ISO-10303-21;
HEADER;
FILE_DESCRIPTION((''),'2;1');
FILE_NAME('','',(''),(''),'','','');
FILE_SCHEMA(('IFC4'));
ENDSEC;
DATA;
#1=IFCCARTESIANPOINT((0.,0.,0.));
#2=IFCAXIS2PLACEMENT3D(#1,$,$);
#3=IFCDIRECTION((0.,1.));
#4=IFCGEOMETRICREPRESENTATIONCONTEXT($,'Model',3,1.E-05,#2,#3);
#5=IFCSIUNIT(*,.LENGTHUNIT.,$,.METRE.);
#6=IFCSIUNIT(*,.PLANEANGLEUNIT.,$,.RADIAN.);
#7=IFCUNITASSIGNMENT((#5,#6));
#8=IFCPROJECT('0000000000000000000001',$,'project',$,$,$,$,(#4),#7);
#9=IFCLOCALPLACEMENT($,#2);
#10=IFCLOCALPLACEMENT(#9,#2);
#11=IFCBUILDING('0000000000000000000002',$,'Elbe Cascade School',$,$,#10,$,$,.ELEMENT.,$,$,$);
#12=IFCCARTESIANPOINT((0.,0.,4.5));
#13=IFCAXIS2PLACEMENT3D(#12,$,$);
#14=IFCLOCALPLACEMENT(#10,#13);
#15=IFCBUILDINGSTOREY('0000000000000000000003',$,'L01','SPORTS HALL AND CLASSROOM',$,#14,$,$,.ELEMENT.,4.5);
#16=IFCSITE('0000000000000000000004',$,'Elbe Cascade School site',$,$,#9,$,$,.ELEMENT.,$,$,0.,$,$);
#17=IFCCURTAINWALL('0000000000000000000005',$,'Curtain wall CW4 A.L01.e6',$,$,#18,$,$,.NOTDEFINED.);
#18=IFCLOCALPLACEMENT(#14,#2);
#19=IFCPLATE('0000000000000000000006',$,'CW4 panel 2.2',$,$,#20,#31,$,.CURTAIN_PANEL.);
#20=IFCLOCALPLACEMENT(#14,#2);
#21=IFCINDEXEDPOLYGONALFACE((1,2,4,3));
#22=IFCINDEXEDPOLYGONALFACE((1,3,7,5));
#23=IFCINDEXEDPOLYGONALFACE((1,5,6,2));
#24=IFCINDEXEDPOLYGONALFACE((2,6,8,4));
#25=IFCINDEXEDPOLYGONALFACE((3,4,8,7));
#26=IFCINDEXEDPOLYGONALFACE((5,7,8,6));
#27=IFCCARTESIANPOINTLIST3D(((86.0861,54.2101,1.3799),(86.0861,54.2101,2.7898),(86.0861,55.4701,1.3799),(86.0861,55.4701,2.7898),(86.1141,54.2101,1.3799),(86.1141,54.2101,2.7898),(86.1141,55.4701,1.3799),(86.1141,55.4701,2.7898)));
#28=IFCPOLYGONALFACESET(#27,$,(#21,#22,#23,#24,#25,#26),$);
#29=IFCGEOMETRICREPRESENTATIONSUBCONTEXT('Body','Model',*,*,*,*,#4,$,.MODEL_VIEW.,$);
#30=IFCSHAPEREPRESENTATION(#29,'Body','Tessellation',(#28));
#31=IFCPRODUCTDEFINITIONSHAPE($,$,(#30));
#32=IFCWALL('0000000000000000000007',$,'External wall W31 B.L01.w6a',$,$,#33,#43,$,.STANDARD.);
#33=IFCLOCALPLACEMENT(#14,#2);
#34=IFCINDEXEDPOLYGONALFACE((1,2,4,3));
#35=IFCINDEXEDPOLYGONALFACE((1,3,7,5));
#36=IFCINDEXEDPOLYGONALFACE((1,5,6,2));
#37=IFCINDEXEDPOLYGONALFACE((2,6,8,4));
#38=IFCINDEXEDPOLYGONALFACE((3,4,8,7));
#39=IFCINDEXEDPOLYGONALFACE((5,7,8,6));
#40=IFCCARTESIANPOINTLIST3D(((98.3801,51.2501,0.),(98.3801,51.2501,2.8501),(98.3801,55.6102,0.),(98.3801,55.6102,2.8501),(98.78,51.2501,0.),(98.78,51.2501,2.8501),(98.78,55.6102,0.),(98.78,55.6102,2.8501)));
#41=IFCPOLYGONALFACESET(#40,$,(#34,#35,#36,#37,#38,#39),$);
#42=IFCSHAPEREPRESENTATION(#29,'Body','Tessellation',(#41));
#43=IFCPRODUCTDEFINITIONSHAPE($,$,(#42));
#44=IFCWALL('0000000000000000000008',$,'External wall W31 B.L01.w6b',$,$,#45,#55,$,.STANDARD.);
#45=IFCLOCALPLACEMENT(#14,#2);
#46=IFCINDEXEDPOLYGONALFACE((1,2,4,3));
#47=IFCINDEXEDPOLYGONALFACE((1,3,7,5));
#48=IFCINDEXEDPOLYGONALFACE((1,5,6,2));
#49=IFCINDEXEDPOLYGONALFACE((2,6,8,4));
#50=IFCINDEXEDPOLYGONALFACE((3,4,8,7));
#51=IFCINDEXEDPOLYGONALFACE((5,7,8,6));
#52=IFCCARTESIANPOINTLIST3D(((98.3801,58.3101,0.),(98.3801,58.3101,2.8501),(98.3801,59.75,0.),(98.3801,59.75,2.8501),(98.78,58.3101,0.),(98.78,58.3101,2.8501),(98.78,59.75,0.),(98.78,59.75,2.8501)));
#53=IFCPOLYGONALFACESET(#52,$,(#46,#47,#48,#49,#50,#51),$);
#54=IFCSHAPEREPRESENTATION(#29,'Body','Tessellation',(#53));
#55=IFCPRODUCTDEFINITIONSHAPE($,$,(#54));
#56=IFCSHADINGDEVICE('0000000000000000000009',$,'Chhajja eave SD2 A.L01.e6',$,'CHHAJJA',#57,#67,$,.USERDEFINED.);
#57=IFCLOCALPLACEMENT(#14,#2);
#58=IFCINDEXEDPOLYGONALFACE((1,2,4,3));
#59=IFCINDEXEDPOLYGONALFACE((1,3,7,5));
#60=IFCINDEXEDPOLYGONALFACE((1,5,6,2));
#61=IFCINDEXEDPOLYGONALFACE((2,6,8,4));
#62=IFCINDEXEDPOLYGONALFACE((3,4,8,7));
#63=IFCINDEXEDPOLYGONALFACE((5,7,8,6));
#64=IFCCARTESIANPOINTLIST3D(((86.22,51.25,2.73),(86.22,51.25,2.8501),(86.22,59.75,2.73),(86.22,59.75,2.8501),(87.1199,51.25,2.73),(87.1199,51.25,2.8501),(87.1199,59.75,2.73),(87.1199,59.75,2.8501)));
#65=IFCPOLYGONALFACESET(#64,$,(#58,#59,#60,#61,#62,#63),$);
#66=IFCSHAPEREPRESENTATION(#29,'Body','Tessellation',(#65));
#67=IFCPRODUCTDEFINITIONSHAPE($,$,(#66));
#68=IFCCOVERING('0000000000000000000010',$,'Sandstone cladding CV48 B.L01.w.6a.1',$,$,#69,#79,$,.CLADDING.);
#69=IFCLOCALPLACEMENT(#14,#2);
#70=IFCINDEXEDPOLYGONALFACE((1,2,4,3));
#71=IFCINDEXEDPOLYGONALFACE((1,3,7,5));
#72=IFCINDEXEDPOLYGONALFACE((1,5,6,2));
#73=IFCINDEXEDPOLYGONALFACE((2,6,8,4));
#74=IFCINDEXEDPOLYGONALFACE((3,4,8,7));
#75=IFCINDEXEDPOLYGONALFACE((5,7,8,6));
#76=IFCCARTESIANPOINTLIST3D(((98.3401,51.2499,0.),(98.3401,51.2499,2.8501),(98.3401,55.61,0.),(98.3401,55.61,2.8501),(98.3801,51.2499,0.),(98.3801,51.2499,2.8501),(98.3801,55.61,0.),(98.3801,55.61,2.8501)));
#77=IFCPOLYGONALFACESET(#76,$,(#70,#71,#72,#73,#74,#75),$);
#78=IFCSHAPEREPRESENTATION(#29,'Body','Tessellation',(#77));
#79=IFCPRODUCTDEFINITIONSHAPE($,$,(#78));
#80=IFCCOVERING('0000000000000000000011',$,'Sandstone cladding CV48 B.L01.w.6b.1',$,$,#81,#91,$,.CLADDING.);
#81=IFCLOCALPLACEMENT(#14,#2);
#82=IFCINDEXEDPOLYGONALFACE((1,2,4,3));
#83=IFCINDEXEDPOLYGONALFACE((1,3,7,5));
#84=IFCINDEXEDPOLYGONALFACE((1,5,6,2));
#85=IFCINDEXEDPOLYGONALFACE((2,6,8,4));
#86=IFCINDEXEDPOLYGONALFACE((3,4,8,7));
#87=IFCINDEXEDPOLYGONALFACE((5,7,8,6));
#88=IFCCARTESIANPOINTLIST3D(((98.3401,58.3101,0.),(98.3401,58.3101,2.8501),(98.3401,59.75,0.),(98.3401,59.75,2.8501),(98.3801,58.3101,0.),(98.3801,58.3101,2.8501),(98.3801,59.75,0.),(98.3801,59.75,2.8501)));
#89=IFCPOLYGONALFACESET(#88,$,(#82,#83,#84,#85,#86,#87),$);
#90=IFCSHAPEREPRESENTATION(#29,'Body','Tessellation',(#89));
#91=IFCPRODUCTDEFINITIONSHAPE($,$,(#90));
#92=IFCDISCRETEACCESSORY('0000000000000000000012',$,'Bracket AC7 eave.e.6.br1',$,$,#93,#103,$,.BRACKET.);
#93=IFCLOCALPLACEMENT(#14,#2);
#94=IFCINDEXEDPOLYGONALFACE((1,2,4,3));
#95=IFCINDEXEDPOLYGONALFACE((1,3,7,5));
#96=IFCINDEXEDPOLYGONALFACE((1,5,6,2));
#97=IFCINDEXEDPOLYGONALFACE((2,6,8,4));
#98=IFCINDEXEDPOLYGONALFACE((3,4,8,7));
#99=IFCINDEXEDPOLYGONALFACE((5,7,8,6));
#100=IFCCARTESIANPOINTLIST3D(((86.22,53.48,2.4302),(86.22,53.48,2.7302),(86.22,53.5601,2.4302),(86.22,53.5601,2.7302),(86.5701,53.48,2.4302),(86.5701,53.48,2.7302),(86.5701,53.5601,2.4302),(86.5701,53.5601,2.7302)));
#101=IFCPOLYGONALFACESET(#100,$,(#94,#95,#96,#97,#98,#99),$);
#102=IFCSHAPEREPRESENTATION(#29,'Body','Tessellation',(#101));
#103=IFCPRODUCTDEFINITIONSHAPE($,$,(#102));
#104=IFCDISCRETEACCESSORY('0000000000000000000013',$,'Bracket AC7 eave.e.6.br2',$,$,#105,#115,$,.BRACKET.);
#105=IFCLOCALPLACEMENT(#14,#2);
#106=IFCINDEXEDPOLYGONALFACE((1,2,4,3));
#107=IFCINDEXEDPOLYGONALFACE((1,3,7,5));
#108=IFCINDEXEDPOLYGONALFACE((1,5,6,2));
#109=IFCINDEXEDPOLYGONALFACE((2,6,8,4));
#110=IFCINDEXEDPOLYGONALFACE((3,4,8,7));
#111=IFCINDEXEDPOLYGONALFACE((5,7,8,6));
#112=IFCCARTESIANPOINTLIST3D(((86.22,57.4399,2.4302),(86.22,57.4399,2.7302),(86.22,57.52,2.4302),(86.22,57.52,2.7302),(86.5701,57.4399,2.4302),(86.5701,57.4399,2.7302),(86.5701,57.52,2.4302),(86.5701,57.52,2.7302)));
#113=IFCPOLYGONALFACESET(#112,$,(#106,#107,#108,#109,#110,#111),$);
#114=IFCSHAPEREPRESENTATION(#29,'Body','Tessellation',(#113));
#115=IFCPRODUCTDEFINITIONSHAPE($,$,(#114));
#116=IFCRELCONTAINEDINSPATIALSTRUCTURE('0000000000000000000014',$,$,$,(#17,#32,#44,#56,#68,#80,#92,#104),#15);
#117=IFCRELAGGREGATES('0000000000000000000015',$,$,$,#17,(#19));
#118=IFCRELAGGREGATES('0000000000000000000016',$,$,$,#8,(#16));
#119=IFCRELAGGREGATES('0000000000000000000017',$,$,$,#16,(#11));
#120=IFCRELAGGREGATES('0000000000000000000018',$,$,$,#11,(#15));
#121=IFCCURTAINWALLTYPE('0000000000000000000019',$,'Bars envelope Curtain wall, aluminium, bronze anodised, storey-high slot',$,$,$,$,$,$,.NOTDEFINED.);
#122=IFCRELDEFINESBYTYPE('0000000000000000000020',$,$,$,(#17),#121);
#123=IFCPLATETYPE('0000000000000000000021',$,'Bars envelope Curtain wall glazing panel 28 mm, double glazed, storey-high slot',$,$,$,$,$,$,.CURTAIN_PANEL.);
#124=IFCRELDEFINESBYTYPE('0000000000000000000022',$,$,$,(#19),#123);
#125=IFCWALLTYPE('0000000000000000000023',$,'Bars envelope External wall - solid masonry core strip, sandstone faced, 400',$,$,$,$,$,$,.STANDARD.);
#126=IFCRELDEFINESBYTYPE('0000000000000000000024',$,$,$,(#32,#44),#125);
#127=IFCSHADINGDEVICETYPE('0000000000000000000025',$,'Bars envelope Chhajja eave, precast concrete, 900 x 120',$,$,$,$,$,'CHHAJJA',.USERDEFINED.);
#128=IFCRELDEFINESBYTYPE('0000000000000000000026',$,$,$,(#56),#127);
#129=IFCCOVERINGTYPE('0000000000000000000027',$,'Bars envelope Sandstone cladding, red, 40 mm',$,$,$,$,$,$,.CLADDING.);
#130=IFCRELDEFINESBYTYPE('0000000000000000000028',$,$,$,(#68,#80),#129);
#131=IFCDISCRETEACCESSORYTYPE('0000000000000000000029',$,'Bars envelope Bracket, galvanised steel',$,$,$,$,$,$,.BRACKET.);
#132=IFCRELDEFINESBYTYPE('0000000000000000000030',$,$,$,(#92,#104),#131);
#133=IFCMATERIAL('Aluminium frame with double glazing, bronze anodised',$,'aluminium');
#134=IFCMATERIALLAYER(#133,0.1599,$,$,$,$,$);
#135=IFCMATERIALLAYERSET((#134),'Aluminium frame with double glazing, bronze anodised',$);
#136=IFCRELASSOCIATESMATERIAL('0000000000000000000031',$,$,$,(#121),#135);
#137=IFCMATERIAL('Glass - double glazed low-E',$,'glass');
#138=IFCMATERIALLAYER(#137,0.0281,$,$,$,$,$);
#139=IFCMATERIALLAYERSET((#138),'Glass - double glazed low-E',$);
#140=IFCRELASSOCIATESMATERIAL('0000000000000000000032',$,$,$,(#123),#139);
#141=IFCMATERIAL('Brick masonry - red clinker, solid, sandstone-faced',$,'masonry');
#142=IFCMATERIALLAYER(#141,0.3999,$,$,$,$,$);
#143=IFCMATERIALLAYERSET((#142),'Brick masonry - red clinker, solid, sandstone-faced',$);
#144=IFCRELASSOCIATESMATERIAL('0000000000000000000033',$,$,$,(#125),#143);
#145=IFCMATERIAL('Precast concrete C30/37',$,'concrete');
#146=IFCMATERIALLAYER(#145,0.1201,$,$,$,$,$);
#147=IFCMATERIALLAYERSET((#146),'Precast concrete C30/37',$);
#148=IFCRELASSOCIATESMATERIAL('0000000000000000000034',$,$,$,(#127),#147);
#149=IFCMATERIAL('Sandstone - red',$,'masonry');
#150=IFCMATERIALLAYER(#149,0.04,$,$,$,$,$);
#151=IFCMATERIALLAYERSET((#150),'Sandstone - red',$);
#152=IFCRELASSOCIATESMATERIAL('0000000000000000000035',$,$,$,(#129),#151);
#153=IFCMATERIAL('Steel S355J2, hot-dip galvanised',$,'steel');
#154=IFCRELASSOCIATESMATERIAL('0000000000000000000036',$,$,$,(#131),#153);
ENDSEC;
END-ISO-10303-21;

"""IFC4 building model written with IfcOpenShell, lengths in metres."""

from ifc_helpers import new_model, si_unit, direction, frame, frame_2d, origin, origin_2d, place, context, subcontext, project, spatial, rectangle, extrude, material, layer, layer_set, type_object, element, aggregate, save


model = new_model("IFC4")

# Units and contexts
model_context = context("Model", 3, precision=1e-05, world=origin(), true_north=direction((0.0, 1.0)))
body_context = subcontext(model_context, "Body", "Model", "MODEL_VIEW")
ifc_project = project(units=[si_unit("LENGTHUNIT", "METRE"), si_unit("PLANEANGLEUNIT", "RADIAN")], contexts=[model_context])

# Site, building, storey
site_placement = place(None, origin())
site = spatial("IfcSite", under=ifc_project, at=site_placement, Name="Elbe Cascade School site", CompositionType="ELEMENT", RefElevation=0.0)
building_placement = place(site_placement, origin())
building = spatial("IfcBuilding", under=site, at=building_placement, Name="Elbe Cascade School", CompositionType="ELEMENT")
storey_placement = place(building_placement, frame((0.0, 0.0, 4.5)))
storey = spatial("IfcBuildingStorey", under=building, at=storey_placement, Name="L01", Description="SPORTS HALL AND CLASSROOM", CompositionType="ELEMENT", Elevation=4.5)

# Curtain wall
ifc_material_1 = material(Name="Aluminium frame with double glazing, bronze anodised", Category="aluminium")
ifc_layer_1 = layer(ifc_material_1, 0.1599)
ifc_layer_set_1 = layer_set([ifc_layer_1], Name="Aluminium frame with double glazing, bronze anodised")
curtain_wall_type = type_object("IfcCurtainWallType", Name="Bars envelope Curtain wall, aluminium, bronze anodised, storey-high slot", PredefinedType="NOTDEFINED", material=ifc_layer_set_1)
curtain_wall_placement = place(storey_placement, origin())
curtain_wall = element("IfcCurtainWall", 1, at=curtain_wall_placement, inside=storey, type_object=curtain_wall_type, Name="Curtain wall CW4 A.L01.e6", PredefinedType="NOTDEFINED")

# Plate
ifc_material_2 = material(Name="Glass - double glazed low-E", Category="glass")
ifc_layer_2 = layer(ifc_material_2, 0.0281)
ifc_layer_set_2 = layer_set([ifc_layer_2], Name="Glass - double glazed low-E")
plate_type = type_object("IfcPlateType", Name="Bars envelope Curtain wall glazing panel 28 mm, double glazed, storey-high slot", PredefinedType="CURTAIN_PANEL", material=ifc_layer_set_2)
plate_1_placement = place(storey_placement, frame((86.1001, 54.8401, 1.3799), z_axis=(0.0, 0.0, 1.0), x_axis=(0.0, -1.0, 0.0)))
plate_1 = element("IfcPlate", 2, at=plate_1_placement, type_object=plate_type, Name="CW4 panel 2.2", PredefinedType="CURTAIN_PANEL", context=body_context, shape_type="SweptSolid", body=[
    extrude(rectangle(XDim=1.26, YDim=0.0281, at=origin_2d()), origin(), (0.0, 0.0, 1.0), 1.4099),
])
aggregate(curtain_wall, [plate_1])

# Walls
ifc_material_3 = material(Name="Brick masonry - red clinker, solid, sandstone-faced", Category="masonry")
ifc_layer_3 = layer(ifc_material_3, 0.3999)
ifc_layer_set_3 = layer_set([ifc_layer_3], Name="Brick masonry - red clinker, solid, sandstone-faced")
wall_type = type_object("IfcWallType", Name="Bars envelope External wall - solid masonry core strip, sandstone faced, 400", PredefinedType="STANDARD", material=ifc_layer_set_3)
wall_1_placement = place(storey_placement, frame((98.5801, 51.25, 0.0), z_axis=(0.0, 0.0, 1.0), x_axis=(0.0, 1.0, 0.0)))
element("IfcWall", 3, at=wall_1_placement, inside=storey, type_object=wall_type, Name="External wall W31 B.L01.w6a", PredefinedType="STANDARD", context=body_context, shape_type="SweptSolid", body=[
    extrude(rectangle(XDim=4.3601, YDim=0.3999, at=frame_2d((2.1802, 0.0))), origin(), (0.0, 0.0, 1.0), 2.8501),
])
wall_2_placement = place(storey_placement, frame((98.5801, 58.3101, 0.0), z_axis=(0.0, 0.0, 1.0), x_axis=(0.0, 1.0, 0.0)))
element("IfcWall", 4, at=wall_2_placement, inside=storey, type_object=wall_type, Name="External wall W31 B.L01.w6b", PredefinedType="STANDARD", context=body_context, shape_type="SweptSolid", body=[
    extrude(rectangle(XDim=1.4399, YDim=0.3999, at=frame_2d((0.72, 0.0))), origin(), (0.0, 0.0, 1.0), 2.8501),
])

# Shading device
ifc_material_4 = material(Name="Precast concrete C30/37", Category="concrete")
ifc_layer_4 = layer(ifc_material_4, 0.1201)
ifc_layer_set_4 = layer_set([ifc_layer_4], Name="Precast concrete C30/37")
shading_device_type = type_object("IfcShadingDeviceType", Name="Bars envelope Chhajja eave, precast concrete, 900 x 120", ElementType="CHHAJJA", PredefinedType="USERDEFINED", material=ifc_layer_set_4)
shading_device_placement = place(storey_placement, frame((86.6699, 55.5, 2.73), z_axis=(0.0, 0.0, 1.0), x_axis=(0.0, 1.0, 0.0)))
element("IfcShadingDevice", 5, at=shading_device_placement, inside=storey, type_object=shading_device_type, Name="Chhajja eave SD2 A.L01.e6", ObjectType="CHHAJJA", PredefinedType="USERDEFINED", context=body_context, shape_type="SweptSolid", body=[
    extrude(rectangle(XDim=8.5, YDim=0.8999, at=origin_2d()), origin(), (0.0, 0.0, 1.0), 0.1201),
])

# Coverings
ifc_material_5 = material(Name="Sandstone - red", Category="masonry")
ifc_layer_5 = layer(ifc_material_5, 0.04)
ifc_layer_set_5 = layer_set([ifc_layer_5], Name="Sandstone - red")
covering_type = type_object("IfcCoveringType", Name="Bars envelope Sandstone cladding, red, 40 mm", PredefinedType="CLADDING", material=ifc_layer_set_5)
covering_1_placement = place(storey_placement, frame((98.3601, 53.4299, 0.0), z_axis=(0.0, 0.0, 1.0), x_axis=(0.0, 1.0, 0.0)))
element("IfcCovering", 6, at=covering_1_placement, inside=storey, type_object=covering_type, Name="Sandstone cladding CV48 B.L01.w.6a.1", PredefinedType="CLADDING", context=body_context, shape_type="SweptSolid", body=[
    extrude(rectangle(XDim=4.3601, YDim=0.04, at=origin_2d()), origin(), (0.0, 0.0, 1.0), 2.8501),
])
covering_2_placement = place(storey_placement, frame((98.3601, 59.03, 0.0), z_axis=(0.0, 0.0, 1.0), x_axis=(0.0, 1.0, 0.0)))
element("IfcCovering", 7, at=covering_2_placement, inside=storey, type_object=covering_type, Name="Sandstone cladding CV48 B.L01.w.6b.1", PredefinedType="CLADDING", context=body_context, shape_type="SweptSolid", body=[
    extrude(rectangle(XDim=1.4399, YDim=0.04, at=origin_2d()), origin(), (0.0, 0.0, 1.0), 2.8501),
])

# Discrete accessories
ifc_material_6 = material(Name="Steel S355J2, hot-dip galvanised", Category="steel")
discrete_accessory_type = type_object("IfcDiscreteAccessoryType", Name="Bars envelope Bracket, galvanised steel", PredefinedType="BRACKET", material=ifc_material_6)
for number, where, z_axis, x_axis, name in (
    (8, (86.395, 53.52, 2.4302), (0.0, 0.0, 1.0), (0.0, 1.0, 0.0), "Bracket AC7 eave.e.6.br1"),
    (9, (86.395, 57.48, 2.4302), (0.0, 0.0, 1.0), (0.0, 1.0, 0.0), "Bracket AC7 eave.e.6.br2"),
):
    element("IfcDiscreteAccessory", number, at=place(storey_placement, frame(where, z_axis=z_axis, x_axis=x_axis)), inside=storey, type_object=discrete_accessory_type, Name=name, PredefinedType="BRACKET", context=body_context, shape_type="SweptSolid", body=[
        extrude(rectangle(XDim=0.0801, YDim=0.3501, at=origin_2d()), origin(), (0.0, 0.0, 1.0), 0.3),
    ])

save(model, "model.ifc")
